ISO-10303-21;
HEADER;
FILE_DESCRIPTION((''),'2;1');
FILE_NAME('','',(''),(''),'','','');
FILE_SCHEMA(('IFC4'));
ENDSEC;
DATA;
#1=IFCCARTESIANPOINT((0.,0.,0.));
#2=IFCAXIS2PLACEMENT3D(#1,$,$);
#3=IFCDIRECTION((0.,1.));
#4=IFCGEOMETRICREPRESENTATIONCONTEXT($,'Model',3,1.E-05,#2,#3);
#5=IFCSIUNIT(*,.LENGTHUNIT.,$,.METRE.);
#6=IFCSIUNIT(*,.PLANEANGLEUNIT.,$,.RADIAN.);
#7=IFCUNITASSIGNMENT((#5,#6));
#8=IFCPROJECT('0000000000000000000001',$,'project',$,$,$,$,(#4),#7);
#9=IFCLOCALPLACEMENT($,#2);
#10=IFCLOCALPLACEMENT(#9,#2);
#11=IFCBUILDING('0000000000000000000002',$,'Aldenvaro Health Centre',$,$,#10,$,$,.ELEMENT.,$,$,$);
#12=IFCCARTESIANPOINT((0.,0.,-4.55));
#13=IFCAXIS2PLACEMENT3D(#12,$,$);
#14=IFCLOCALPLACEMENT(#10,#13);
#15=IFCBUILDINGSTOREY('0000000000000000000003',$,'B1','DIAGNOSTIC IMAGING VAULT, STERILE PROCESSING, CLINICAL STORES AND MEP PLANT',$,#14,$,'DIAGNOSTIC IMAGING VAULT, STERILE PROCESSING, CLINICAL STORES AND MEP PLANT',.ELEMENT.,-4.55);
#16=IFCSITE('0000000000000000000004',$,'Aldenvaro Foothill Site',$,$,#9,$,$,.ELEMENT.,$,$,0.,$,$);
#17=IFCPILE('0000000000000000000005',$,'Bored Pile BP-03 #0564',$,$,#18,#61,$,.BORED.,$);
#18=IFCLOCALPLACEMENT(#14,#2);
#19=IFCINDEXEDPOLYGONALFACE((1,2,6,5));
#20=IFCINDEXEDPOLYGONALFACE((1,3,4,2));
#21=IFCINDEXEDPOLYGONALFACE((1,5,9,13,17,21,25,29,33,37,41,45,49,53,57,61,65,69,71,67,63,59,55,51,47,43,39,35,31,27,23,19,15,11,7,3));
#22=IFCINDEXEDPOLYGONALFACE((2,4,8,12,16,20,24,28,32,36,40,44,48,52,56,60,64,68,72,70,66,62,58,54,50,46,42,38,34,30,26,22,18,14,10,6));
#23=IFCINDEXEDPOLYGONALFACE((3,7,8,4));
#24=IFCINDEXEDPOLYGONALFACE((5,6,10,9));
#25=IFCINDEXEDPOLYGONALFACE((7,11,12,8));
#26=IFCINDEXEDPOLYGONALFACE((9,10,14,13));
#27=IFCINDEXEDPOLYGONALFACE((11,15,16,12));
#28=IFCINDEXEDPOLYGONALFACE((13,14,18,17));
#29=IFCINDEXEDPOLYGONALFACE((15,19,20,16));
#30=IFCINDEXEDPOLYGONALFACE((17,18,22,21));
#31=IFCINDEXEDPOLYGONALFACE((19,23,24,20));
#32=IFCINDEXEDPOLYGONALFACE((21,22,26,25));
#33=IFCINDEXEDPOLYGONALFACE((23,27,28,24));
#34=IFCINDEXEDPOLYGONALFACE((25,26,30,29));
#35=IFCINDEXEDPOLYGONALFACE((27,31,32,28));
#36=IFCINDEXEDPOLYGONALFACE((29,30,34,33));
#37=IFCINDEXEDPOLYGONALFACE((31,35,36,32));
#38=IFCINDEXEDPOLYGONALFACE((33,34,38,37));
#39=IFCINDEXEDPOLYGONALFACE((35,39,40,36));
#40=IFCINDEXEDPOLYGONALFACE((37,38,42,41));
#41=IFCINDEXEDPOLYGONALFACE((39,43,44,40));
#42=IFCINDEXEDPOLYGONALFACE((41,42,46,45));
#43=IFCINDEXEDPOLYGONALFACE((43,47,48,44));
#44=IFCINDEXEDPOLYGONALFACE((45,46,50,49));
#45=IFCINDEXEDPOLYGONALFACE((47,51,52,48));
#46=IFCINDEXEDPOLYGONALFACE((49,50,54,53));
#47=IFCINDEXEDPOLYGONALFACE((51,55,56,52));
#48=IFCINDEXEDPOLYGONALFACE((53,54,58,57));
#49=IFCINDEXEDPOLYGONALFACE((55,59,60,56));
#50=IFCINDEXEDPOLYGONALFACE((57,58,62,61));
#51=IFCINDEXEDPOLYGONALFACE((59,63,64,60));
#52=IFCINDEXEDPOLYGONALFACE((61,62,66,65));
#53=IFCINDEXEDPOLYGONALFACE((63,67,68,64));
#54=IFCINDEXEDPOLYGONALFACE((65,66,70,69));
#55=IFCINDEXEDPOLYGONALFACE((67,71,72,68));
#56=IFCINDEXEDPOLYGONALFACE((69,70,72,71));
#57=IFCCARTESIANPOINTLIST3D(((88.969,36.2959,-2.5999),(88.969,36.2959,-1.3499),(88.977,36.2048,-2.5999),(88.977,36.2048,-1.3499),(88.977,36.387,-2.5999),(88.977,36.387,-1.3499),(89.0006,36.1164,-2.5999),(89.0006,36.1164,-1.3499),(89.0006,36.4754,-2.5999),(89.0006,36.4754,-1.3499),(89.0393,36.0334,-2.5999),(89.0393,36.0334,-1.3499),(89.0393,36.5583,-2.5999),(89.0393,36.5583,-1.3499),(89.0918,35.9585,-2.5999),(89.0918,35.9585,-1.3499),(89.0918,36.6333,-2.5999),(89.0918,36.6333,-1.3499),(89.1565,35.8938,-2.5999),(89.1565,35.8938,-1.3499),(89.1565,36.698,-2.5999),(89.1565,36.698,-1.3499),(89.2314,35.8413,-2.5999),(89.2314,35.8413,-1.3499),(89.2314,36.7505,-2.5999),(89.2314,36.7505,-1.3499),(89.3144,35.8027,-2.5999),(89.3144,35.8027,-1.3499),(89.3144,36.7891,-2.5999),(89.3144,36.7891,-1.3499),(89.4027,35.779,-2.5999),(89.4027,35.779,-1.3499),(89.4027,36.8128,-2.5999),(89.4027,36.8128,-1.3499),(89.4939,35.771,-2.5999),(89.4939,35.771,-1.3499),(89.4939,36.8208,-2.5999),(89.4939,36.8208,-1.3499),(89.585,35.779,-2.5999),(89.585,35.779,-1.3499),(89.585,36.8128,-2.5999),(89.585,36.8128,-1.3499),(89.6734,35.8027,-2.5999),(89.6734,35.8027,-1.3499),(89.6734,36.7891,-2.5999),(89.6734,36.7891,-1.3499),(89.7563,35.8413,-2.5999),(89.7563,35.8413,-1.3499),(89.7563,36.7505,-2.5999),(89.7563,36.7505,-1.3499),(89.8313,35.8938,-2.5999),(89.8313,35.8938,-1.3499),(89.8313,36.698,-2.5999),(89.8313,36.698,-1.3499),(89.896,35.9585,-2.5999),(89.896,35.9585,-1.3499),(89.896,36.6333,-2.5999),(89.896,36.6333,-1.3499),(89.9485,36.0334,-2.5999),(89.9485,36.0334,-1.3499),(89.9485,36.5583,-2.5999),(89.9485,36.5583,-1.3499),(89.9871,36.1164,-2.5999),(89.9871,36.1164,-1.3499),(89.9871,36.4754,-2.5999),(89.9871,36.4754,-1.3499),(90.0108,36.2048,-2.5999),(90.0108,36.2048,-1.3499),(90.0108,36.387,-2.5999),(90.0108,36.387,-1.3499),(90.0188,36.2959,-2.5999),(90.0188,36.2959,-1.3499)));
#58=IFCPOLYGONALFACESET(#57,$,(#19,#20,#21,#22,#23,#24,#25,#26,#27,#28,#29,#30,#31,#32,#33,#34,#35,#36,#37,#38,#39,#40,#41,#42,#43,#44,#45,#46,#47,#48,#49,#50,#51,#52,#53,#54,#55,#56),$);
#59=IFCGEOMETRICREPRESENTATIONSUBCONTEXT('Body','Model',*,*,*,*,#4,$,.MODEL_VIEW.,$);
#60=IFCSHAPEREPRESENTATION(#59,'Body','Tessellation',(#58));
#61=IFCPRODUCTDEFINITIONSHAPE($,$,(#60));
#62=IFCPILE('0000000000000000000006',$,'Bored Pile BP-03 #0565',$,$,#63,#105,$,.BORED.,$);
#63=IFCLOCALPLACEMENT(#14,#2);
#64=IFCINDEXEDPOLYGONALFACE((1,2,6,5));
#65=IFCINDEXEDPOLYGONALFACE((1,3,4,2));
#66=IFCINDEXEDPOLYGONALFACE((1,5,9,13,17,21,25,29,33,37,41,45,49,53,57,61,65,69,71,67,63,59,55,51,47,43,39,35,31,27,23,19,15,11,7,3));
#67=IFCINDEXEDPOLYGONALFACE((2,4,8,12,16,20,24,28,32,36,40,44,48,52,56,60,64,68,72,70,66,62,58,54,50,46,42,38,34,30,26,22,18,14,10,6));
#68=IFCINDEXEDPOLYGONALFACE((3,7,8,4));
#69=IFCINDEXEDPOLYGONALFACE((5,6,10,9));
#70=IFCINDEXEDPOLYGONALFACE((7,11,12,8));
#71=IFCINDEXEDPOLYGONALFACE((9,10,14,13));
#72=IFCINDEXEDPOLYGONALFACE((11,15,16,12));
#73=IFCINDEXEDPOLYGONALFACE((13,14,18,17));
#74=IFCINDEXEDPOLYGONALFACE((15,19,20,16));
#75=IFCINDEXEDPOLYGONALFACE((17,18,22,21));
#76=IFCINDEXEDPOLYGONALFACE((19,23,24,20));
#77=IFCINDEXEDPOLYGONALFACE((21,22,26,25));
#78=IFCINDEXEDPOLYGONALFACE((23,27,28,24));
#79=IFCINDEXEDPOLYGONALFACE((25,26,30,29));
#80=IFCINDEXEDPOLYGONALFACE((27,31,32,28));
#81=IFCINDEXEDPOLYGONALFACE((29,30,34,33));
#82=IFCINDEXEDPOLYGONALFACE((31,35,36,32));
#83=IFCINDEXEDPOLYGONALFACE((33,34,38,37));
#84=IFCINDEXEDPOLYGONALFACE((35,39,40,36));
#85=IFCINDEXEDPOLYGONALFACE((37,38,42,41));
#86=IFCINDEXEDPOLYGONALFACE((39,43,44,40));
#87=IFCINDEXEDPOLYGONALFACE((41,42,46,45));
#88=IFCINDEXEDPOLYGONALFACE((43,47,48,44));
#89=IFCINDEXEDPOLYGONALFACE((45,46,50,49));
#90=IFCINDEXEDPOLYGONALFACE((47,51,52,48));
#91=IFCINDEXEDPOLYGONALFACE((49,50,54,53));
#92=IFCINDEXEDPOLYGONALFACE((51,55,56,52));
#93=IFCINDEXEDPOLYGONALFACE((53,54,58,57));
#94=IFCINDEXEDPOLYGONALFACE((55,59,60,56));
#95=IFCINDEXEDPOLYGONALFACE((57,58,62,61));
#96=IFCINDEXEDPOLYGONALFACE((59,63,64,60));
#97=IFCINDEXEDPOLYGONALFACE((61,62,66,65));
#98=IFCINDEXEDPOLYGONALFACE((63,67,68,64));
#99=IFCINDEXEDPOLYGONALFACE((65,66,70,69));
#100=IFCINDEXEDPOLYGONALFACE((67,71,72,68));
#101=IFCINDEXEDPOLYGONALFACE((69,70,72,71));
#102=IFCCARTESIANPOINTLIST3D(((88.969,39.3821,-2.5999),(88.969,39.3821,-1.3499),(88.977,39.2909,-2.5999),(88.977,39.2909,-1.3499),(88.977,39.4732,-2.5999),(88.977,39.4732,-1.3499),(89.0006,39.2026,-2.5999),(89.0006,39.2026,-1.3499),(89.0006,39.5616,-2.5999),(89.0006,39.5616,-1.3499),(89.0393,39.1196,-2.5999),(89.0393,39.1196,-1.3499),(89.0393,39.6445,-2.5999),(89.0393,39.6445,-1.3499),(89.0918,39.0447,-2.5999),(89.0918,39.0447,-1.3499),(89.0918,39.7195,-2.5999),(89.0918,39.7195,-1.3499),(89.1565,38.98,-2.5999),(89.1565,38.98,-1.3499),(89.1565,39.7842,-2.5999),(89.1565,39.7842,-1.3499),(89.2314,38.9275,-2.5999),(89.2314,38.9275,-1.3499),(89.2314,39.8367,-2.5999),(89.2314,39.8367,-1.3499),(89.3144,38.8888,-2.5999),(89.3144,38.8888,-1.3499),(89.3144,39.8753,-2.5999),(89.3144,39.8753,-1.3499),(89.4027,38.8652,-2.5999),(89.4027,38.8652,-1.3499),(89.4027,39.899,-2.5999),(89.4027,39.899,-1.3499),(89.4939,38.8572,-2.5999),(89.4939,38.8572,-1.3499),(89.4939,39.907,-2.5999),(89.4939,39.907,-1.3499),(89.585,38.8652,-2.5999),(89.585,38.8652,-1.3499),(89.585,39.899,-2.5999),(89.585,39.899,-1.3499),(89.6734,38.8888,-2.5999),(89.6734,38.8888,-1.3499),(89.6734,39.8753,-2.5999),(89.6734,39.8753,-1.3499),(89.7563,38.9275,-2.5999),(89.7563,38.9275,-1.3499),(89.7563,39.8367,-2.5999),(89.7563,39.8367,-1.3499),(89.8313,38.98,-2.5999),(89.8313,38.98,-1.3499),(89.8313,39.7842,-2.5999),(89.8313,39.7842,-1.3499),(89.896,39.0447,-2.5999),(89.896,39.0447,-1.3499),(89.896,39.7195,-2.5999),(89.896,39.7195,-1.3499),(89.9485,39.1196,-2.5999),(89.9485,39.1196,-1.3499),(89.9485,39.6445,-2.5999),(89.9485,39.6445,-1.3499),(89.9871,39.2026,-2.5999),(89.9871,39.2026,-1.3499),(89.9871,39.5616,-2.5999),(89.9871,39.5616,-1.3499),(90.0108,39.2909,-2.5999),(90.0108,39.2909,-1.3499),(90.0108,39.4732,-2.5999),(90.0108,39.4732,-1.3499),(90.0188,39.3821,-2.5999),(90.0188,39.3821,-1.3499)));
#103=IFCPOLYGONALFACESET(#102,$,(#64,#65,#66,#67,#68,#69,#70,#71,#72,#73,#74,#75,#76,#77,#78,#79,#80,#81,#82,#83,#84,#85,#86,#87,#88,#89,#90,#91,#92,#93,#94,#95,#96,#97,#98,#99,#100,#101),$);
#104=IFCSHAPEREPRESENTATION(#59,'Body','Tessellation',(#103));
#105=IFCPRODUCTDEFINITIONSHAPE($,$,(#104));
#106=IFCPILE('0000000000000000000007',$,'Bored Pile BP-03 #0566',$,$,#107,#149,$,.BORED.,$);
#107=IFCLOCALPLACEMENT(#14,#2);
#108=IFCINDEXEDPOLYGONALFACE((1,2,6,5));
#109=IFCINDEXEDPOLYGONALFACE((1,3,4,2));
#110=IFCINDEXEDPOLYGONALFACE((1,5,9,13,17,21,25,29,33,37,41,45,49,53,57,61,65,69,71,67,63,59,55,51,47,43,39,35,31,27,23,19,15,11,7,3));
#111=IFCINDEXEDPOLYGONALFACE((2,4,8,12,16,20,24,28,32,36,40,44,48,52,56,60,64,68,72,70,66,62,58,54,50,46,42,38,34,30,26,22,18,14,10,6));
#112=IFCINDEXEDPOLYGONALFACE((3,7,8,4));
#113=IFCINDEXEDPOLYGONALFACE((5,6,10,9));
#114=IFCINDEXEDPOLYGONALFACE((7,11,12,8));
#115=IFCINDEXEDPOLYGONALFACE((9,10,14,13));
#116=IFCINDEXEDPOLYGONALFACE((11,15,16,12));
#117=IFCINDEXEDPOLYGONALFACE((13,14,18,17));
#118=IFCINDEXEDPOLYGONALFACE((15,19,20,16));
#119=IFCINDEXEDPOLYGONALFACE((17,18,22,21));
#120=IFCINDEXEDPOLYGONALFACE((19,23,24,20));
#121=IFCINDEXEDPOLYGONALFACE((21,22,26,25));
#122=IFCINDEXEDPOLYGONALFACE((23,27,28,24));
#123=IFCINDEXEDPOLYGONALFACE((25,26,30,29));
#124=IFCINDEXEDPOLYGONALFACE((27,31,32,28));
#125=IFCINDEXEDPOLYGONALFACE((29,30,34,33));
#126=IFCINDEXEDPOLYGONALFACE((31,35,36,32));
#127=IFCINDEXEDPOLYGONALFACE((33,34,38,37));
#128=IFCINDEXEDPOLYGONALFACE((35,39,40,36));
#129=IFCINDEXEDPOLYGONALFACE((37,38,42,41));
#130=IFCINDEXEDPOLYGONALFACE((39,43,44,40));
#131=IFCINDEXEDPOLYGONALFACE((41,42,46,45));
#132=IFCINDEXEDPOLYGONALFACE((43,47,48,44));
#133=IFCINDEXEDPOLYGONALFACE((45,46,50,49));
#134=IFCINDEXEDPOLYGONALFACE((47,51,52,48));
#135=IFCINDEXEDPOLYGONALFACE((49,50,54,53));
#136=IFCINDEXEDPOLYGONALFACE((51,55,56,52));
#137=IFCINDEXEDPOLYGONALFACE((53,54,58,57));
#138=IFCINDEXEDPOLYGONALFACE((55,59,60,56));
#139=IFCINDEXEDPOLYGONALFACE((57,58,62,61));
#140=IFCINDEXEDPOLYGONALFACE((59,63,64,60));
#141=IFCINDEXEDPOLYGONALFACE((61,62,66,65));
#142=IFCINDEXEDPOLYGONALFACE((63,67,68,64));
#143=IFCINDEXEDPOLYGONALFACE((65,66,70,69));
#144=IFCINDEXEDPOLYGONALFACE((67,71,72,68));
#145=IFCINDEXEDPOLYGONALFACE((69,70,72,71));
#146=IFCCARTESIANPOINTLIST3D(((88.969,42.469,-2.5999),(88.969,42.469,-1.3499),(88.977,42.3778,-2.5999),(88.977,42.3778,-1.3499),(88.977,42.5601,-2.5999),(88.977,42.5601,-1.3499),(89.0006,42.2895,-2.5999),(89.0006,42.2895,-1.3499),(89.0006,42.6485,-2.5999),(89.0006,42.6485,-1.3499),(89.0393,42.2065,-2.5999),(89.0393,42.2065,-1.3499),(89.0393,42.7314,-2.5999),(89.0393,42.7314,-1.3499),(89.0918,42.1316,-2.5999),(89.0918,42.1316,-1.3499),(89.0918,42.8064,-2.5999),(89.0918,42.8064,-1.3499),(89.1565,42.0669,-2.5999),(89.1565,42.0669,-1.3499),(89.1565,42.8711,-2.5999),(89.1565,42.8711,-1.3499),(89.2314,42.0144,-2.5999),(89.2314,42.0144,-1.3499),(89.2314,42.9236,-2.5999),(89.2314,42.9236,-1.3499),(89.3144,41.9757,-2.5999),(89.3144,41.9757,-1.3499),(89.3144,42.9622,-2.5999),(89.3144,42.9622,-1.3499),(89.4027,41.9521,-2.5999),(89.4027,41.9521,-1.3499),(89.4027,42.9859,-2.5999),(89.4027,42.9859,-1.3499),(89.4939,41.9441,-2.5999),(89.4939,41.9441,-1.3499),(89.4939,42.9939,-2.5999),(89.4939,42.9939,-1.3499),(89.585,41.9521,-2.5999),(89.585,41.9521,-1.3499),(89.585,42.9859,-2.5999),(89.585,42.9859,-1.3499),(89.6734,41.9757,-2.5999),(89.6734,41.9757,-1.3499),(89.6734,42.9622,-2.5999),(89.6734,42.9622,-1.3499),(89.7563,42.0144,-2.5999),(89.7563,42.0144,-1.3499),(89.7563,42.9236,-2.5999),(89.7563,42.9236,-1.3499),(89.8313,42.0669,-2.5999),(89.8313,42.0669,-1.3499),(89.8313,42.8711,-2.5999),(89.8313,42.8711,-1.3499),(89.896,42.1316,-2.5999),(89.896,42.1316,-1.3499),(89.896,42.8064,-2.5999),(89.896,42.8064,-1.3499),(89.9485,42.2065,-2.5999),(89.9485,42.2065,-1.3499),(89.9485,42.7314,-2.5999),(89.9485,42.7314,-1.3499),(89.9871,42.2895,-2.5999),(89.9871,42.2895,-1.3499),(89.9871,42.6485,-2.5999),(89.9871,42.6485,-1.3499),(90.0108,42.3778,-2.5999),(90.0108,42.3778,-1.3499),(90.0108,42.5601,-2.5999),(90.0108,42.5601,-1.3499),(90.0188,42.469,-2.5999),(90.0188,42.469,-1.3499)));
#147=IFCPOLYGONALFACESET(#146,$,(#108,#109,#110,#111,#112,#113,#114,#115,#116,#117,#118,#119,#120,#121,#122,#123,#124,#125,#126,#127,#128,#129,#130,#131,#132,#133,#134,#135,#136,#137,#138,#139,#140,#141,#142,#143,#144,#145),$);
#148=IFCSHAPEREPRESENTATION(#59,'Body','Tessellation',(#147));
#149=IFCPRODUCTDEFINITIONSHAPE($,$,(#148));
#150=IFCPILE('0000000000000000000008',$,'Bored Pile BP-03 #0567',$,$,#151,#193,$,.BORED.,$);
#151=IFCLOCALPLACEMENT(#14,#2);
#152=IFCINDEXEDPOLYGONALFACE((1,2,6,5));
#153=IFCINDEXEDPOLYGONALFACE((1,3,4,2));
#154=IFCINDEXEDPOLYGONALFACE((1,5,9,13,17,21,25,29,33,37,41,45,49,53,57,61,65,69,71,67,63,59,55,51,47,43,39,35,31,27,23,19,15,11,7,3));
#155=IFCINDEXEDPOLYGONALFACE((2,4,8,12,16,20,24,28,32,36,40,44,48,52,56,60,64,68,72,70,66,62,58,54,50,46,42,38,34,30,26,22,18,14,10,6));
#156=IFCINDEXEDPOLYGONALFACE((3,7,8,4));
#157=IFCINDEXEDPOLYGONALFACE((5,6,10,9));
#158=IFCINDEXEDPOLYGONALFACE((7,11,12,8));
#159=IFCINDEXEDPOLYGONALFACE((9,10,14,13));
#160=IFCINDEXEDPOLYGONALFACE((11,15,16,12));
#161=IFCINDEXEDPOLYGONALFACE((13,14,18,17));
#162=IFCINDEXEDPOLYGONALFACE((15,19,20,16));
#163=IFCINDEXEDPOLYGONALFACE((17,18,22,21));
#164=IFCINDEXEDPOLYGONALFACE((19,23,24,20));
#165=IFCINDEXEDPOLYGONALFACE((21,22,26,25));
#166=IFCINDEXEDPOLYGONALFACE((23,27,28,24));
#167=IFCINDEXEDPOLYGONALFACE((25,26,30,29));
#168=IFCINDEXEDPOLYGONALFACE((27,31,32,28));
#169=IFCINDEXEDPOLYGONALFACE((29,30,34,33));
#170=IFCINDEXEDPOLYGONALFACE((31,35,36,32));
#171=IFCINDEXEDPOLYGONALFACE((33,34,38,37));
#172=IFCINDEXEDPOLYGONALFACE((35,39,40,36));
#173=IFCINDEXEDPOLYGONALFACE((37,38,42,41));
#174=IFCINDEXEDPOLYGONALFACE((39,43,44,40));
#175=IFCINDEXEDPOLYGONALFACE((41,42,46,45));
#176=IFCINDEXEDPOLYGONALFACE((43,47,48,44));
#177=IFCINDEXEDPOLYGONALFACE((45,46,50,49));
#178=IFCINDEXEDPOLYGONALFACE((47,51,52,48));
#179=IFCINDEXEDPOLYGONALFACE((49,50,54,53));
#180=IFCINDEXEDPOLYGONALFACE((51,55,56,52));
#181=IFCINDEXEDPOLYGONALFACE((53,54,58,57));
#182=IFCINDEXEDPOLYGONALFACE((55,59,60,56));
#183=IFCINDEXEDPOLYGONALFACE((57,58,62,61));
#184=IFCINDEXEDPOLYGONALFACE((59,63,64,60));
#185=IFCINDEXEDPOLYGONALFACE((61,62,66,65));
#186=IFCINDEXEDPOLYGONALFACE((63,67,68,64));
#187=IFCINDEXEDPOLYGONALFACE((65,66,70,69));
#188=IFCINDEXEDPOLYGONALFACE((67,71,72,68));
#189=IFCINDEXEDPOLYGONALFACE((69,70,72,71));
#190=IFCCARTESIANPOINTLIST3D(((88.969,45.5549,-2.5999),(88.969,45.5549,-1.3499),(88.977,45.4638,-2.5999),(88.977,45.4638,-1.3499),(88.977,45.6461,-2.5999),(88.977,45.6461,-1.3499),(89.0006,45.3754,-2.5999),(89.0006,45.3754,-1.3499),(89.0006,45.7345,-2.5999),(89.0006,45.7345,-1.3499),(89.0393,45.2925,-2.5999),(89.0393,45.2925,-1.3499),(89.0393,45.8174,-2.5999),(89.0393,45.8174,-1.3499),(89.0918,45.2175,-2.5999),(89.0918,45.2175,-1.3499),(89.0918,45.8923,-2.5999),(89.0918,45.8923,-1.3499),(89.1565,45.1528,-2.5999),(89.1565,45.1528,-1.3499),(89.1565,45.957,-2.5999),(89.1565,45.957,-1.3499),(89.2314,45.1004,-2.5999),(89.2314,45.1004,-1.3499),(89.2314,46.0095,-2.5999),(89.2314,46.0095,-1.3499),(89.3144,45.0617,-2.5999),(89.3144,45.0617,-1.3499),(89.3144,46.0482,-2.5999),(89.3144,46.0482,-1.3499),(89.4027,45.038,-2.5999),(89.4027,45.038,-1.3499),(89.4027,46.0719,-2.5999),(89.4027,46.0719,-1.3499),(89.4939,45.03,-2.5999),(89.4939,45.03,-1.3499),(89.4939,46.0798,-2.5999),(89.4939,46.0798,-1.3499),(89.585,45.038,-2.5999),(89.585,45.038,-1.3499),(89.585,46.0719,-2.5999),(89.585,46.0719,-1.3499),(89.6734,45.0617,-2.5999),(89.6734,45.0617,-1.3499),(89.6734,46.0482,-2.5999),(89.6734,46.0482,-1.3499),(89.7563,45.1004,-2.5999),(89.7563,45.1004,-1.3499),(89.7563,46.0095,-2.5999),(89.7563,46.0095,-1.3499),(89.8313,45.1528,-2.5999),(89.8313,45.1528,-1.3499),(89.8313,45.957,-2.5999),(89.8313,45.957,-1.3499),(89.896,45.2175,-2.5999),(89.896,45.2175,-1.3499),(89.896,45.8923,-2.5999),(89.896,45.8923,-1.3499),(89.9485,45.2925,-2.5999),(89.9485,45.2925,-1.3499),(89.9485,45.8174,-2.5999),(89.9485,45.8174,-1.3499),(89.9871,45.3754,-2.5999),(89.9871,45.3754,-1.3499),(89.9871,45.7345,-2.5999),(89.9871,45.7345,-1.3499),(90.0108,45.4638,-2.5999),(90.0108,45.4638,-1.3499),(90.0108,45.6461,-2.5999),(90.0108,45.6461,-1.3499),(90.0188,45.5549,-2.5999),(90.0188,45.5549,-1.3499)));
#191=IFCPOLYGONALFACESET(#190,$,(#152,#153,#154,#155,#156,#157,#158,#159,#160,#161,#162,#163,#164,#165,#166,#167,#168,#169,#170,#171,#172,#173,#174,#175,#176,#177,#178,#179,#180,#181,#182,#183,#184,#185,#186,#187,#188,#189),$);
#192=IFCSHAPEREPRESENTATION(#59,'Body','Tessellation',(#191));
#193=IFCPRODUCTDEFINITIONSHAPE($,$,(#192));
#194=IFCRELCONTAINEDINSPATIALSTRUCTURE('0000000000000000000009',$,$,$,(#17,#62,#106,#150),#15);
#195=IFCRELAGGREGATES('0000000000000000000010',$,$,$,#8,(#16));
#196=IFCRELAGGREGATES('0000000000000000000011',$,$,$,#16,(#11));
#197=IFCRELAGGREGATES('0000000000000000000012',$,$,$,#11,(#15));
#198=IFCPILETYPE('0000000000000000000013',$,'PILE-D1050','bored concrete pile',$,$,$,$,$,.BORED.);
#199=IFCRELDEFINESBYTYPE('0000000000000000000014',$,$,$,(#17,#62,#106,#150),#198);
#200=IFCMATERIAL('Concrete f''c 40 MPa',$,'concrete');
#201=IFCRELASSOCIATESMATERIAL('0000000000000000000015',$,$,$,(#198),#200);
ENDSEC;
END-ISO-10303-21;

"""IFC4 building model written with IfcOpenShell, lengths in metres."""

from ifc_helpers import new_model, si_unit, direction, frame, origin, origin_2d, place, context, subcontext, project, spatial, circle, extrude, material, material_profile, profile_set, type_object, element, save


model = new_model("IFC4")

# Units and contexts
model_context = context("Model", 3, precision=1e-05, world=origin(), true_north=direction((0.0, 1.0)))
body_context = subcontext(model_context, "Body", "Model", "MODEL_VIEW")
ifc_project = project(units=[si_unit("LENGTHUNIT", "METRE"), si_unit("PLANEANGLEUNIT", "RADIAN")], contexts=[model_context])

# Site, building, storey
site_placement = place(None, origin())
site = spatial("IfcSite", under=ifc_project, at=site_placement, Name="Aldenvaro Foothill Site", CompositionType="ELEMENT", RefElevation=0.0)
building_placement = place(site_placement, origin())
building = spatial("IfcBuilding", under=site, at=building_placement, Name="Aldenvaro Health Centre", CompositionType="ELEMENT")
storey_placement = place(building_placement, frame((0.0, 0.0, -4.55)))
storey = spatial("IfcBuildingStorey", under=building, at=storey_placement, Name="B1", Description="DIAGNOSTIC IMAGING VAULT, STERILE PROCESSING, CLINICAL STORES AND MEP PLANT", LongName="DIAGNOSTIC IMAGING VAULT, STERILE PROCESSING, CLINICAL STORES AND MEP PLANT", CompositionType="ELEMENT", Elevation=-4.55)

# Piles
ifc_material_1 = material(Name="Concrete f'c 40 MPa", Category="concrete")
ifc_material_profile_1 = material_profile(ifc_material_1, circle(Radius=0.5249, at=origin_2d()), Name="PILE D1050", Category="concrete")
ifc_profile_set_1 = profile_set([ifc_material_profile_1], Name="Concrete f'c 40 MPa")
pile_type = type_object("IfcPileType", Name="PILE-D1050", Description="bored concrete pile", PredefinedType="BORED", material=ifc_profile_set_1)
for number, where, z_axis, x_axis, name in (
    (1, (89.4939, 36.2959, -1.3499), (0.0, 0.0, -1.0), (1.0, 0.0, 0.0), "Bored Pile BP-03 #0564"),
    (2, (89.4939, 39.3821, -1.3499), (0.0, 0.0, -1.0), (1.0, 0.0, 0.0), "Bored Pile BP-03 #0565"),
    (3, (89.4939, 42.469, -1.3499), (0.0, 0.0, -1.0), (1.0, 0.0, 0.0), "Bored Pile BP-03 #0566"),
    (4, (89.4939, 45.5549, -1.3499), (0.0, 0.0, -1.0), (1.0, 0.0, 0.0), "Bored Pile BP-03 #0567"),
):
    element("IfcPile", number, at=place(storey_placement, frame(where, z_axis=z_axis, x_axis=x_axis)), inside=storey, type_object=pile_type, Name=name, PredefinedType="BORED", context=body_context, shape_type="SweptSolid", body=[
        extrude(circle(Radius=0.5249, at=origin_2d()), origin(), (0.0, 0.0, 1.0), 1.25),
    ])

save(model, "model.ifc")
